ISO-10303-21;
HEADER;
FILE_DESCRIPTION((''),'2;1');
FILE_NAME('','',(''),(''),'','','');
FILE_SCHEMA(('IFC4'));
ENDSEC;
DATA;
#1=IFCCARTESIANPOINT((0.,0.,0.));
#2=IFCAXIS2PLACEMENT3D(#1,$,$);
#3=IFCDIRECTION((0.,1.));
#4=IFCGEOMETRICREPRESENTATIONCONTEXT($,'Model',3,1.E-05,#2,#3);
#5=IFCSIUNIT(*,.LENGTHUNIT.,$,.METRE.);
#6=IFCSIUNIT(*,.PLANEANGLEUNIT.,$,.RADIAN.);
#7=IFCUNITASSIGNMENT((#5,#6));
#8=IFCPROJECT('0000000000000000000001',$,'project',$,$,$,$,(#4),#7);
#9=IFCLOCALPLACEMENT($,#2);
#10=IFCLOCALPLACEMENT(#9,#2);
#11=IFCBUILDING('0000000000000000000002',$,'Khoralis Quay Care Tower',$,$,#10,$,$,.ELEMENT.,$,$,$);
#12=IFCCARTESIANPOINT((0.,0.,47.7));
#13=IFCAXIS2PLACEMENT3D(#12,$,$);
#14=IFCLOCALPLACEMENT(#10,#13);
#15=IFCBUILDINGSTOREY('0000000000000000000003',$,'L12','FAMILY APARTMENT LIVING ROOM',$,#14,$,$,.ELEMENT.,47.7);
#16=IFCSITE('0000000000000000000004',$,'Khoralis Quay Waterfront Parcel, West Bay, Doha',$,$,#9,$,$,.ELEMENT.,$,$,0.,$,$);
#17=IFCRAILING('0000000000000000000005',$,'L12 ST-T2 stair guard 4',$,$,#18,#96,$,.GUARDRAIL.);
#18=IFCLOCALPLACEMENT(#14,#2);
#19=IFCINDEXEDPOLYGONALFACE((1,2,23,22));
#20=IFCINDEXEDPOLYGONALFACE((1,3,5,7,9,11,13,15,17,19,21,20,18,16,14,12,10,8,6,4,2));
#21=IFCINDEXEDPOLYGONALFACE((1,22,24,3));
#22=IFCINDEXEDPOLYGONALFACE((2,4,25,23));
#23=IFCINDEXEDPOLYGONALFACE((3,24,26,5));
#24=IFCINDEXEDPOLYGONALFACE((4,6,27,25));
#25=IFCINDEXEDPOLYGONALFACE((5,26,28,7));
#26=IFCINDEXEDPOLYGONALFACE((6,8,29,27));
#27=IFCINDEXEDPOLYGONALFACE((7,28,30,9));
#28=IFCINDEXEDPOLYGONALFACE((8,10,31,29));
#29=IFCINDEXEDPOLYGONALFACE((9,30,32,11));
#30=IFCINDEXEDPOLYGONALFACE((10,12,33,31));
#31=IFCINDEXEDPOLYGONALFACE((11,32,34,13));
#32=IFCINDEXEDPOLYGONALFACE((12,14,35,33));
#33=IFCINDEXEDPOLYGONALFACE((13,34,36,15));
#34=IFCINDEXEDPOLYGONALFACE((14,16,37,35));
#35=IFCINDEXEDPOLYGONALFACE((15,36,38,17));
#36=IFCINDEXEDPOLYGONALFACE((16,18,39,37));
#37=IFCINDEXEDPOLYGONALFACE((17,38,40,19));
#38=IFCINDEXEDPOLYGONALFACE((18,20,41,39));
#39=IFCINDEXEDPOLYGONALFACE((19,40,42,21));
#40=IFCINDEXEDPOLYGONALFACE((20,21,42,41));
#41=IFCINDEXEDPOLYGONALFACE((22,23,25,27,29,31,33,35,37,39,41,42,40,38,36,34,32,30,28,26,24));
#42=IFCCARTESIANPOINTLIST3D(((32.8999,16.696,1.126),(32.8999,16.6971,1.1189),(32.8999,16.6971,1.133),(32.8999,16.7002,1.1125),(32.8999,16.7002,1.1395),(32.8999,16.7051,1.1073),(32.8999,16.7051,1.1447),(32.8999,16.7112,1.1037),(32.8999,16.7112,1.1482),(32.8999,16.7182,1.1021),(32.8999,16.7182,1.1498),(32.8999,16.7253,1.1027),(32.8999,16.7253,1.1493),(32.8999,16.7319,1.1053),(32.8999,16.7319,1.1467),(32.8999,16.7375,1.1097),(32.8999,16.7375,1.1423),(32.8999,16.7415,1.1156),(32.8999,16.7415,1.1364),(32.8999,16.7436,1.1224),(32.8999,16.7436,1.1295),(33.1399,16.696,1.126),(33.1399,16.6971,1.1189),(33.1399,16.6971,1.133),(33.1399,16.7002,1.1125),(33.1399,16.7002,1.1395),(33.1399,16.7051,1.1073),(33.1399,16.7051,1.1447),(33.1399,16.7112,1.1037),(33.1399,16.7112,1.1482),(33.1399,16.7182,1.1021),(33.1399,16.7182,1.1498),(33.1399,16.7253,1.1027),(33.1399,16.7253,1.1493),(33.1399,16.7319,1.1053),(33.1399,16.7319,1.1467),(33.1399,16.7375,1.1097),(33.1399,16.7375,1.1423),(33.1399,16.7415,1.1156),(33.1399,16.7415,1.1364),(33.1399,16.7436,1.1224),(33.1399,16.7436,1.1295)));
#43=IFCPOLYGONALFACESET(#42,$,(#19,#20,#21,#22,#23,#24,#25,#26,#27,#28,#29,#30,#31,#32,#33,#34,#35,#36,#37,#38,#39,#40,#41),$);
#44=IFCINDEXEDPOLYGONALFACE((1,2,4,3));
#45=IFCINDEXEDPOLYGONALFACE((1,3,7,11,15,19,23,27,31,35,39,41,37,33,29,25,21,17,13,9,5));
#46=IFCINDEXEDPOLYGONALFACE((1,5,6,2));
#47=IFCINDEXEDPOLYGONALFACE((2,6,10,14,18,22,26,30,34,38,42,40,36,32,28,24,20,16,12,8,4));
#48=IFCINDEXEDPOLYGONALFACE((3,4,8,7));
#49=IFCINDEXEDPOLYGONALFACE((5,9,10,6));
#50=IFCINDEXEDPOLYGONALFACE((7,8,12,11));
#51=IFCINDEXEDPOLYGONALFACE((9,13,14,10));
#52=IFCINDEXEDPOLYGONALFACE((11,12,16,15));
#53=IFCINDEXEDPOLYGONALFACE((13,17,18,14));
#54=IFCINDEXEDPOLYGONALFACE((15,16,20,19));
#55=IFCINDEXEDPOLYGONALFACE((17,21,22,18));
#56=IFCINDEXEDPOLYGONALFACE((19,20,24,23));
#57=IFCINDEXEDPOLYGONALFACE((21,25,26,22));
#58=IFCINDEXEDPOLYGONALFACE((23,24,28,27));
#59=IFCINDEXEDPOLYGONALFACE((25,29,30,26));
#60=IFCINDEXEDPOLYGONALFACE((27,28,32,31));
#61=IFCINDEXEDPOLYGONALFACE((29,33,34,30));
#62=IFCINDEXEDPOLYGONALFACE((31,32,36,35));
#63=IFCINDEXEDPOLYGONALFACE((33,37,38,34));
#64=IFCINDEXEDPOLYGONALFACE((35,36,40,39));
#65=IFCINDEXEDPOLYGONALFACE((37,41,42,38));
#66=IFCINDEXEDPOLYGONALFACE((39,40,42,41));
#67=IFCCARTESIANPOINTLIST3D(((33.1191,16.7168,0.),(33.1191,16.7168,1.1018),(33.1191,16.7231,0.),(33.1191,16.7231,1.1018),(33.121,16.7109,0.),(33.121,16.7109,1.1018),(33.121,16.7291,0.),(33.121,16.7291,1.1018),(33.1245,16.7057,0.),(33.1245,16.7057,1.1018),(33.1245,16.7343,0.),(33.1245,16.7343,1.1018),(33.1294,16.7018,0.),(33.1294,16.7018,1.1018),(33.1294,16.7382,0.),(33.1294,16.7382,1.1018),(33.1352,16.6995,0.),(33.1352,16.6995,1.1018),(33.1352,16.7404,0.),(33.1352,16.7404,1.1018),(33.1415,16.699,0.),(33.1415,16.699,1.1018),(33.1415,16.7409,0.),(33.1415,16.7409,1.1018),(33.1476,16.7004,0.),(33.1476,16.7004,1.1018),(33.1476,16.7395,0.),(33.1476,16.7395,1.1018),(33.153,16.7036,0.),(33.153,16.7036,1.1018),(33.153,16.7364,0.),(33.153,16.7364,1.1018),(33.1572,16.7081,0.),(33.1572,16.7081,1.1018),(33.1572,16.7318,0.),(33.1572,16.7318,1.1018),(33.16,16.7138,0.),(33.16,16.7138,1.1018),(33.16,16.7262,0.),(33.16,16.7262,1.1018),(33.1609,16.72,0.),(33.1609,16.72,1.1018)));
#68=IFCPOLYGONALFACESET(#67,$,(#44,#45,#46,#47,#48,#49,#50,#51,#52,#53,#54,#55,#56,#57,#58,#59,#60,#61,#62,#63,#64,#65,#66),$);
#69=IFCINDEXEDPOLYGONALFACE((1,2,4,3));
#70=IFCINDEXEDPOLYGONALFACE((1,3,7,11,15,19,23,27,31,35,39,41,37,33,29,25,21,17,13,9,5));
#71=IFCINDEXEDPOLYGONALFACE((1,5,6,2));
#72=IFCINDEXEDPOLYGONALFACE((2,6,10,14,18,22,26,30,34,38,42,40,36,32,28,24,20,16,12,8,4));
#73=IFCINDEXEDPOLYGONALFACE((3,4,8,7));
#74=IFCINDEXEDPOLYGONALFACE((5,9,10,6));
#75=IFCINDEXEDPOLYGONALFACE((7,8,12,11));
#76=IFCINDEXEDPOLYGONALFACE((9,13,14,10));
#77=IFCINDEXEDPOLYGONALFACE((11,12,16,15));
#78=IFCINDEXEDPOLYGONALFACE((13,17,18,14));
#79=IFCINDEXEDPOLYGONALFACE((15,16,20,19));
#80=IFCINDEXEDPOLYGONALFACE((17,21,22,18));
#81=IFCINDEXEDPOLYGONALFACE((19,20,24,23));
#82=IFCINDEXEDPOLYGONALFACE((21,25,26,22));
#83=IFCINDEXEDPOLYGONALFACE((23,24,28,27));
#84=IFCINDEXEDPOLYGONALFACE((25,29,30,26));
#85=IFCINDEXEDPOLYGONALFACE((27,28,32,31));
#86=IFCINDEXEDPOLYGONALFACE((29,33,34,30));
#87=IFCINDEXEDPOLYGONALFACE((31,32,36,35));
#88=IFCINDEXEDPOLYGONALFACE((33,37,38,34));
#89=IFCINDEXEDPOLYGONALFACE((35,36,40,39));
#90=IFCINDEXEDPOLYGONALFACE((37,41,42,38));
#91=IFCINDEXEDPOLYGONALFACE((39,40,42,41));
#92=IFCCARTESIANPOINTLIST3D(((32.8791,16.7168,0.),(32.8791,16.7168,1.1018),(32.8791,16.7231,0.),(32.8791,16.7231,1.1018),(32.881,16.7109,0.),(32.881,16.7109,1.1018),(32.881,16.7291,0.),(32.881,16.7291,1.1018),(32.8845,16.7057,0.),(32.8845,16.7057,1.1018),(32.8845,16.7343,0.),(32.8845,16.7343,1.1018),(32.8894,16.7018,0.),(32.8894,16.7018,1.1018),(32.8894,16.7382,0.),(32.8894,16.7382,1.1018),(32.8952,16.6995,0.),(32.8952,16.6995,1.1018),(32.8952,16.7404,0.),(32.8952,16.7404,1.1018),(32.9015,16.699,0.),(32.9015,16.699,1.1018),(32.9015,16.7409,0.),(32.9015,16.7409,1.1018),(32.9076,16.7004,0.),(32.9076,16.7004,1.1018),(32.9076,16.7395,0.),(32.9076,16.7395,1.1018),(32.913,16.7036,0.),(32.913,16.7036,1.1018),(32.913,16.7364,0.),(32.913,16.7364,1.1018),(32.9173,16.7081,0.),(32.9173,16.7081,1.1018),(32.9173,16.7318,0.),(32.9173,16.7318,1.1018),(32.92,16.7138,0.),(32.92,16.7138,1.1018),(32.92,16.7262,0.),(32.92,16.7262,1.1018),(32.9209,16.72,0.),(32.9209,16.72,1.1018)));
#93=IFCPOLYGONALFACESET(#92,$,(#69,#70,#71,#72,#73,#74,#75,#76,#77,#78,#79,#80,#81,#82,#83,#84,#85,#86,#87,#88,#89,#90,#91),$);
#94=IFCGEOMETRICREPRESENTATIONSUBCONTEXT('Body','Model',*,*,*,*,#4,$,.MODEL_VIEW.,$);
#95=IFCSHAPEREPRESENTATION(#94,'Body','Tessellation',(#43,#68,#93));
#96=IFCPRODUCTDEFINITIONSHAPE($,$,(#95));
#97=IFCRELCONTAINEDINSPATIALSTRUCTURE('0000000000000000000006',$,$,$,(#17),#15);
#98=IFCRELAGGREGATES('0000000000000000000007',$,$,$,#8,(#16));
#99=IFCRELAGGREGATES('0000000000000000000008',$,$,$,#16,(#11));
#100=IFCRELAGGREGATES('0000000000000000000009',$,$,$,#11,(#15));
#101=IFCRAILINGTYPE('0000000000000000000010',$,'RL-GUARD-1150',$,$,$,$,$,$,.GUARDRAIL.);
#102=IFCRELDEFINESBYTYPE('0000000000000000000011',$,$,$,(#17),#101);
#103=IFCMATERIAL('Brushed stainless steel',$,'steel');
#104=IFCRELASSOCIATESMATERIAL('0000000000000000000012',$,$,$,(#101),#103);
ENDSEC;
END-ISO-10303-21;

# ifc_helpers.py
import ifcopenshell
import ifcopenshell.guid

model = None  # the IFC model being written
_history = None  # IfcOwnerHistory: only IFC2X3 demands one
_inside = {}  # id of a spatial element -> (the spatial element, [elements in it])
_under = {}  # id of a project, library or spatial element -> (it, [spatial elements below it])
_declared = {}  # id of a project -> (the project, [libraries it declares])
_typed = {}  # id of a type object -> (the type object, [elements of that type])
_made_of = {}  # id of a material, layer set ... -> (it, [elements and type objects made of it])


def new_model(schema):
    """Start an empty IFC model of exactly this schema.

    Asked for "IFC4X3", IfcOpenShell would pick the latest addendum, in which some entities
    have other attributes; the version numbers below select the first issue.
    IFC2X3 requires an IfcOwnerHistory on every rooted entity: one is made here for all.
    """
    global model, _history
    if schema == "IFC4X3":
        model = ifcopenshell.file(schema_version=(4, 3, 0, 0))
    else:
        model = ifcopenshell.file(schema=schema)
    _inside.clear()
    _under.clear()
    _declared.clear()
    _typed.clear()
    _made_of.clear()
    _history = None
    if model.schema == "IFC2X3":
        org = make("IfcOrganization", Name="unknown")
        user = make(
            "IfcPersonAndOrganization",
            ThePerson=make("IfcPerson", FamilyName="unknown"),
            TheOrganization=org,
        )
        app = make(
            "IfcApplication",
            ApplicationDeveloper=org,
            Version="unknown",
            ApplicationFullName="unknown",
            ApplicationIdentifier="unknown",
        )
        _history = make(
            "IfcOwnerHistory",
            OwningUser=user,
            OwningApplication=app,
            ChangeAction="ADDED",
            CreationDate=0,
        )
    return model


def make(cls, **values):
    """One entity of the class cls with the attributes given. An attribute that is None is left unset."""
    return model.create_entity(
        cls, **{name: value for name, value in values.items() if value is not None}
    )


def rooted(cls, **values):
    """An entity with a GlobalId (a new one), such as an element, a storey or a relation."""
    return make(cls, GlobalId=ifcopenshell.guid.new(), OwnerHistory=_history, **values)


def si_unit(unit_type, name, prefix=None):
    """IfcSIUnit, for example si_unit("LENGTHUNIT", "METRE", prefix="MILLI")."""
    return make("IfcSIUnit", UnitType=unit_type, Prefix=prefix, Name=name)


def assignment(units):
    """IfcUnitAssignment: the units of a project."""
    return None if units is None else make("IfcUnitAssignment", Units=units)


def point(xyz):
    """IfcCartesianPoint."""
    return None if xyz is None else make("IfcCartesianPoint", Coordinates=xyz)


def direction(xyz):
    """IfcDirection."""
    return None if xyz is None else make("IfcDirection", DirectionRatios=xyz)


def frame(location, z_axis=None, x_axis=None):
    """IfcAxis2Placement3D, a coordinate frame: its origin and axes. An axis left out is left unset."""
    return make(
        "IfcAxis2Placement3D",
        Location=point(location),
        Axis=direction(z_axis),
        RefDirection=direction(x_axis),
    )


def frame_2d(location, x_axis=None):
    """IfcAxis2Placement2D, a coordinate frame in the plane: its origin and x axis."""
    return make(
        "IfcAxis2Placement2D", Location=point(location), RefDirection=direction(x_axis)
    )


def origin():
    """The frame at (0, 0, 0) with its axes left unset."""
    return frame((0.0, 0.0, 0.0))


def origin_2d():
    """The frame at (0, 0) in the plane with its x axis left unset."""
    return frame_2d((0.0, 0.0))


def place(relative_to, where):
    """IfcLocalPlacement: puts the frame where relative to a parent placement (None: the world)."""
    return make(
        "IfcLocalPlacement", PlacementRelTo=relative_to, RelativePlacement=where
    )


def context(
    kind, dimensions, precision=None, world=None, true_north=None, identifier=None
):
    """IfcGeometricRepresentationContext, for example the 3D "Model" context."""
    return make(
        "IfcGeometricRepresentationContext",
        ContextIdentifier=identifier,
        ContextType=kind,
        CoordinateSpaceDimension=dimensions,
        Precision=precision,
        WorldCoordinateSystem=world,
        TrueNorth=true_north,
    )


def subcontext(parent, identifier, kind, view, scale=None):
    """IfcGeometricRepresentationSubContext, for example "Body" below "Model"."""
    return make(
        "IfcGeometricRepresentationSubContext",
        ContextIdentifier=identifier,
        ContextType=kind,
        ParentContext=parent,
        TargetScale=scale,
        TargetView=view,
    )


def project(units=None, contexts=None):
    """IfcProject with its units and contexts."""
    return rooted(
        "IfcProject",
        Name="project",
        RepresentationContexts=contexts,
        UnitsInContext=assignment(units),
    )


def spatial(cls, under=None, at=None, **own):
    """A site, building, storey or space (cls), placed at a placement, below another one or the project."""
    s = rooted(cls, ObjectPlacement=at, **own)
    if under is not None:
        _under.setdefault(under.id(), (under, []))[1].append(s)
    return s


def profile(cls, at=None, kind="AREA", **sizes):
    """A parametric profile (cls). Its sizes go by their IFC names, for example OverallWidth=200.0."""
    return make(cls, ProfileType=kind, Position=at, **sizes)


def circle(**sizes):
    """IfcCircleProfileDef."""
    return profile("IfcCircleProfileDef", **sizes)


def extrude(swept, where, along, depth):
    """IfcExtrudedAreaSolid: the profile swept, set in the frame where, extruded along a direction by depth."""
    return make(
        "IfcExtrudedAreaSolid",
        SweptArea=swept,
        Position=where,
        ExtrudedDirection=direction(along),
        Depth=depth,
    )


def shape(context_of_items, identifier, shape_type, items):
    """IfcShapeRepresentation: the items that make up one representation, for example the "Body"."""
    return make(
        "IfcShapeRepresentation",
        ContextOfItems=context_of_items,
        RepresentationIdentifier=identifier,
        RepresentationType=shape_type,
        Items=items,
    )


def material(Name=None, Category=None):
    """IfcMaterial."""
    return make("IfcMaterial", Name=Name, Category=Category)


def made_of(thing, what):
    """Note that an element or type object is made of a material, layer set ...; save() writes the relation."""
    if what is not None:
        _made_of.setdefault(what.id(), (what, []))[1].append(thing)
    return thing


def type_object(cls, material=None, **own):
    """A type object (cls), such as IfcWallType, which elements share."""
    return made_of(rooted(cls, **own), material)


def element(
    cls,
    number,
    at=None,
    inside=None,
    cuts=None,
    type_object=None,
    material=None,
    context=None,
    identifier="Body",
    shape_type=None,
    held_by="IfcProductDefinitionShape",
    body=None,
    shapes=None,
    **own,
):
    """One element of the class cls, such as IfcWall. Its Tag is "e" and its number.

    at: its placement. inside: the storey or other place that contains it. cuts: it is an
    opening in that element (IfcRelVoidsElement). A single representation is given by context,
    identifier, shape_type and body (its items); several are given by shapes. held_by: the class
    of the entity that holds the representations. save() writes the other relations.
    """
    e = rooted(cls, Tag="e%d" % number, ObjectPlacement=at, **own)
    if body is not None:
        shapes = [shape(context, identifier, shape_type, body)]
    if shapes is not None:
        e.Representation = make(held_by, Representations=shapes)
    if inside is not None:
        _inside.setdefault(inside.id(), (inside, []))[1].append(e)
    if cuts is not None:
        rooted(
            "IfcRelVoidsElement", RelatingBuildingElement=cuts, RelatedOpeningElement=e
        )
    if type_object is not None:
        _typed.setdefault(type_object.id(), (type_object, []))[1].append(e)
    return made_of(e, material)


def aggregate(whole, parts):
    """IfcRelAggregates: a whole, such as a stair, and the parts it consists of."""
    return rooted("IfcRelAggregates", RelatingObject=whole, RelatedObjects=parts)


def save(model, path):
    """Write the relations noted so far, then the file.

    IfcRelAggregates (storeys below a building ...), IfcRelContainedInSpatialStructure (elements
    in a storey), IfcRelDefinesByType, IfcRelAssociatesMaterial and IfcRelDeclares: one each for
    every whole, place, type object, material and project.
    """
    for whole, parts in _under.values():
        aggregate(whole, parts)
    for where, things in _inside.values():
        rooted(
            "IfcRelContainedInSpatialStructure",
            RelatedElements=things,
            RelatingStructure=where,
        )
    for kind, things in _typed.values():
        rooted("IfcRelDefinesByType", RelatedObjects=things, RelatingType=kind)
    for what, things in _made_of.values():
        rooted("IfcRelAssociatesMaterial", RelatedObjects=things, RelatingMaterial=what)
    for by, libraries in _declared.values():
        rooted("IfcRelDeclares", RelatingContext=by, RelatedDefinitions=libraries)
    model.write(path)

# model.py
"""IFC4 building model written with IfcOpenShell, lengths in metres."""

from ifc_helpers import new_model, si_unit, direction, frame, origin, origin_2d, place, context, subcontext, project, spatial, circle, extrude, material, type_object, element, save


model = new_model("IFC4")

# Units and contexts
model_context = context("Model", 3, precision=1e-05, world=origin(), true_north=direction((0.0, 1.0)))
body_context = subcontext(model_context, "Body", "Model", "MODEL_VIEW")
ifc_project = project(units=[si_unit("LENGTHUNIT", "METRE"), si_unit("PLANEANGLEUNIT", "RADIAN")], contexts=[model_context])

# Site, building, storey
site_placement = place(None, origin())
site = spatial("IfcSite", under=ifc_project, at=site_placement, Name="Khoralis Quay Waterfront Parcel, West Bay, Doha", CompositionType="ELEMENT", RefElevation=0.0)
building_placement = place(site_placement, origin())
building = spatial("IfcBuilding", under=site, at=building_placement, Name="Khoralis Quay Care Tower", CompositionType="ELEMENT")
storey_placement = place(building_placement, frame((0.0, 0.0, 47.7)))
storey = spatial("IfcBuildingStorey", under=building, at=storey_placement, Name="L12", Description="FAMILY APARTMENT LIVING ROOM", CompositionType="ELEMENT", Elevation=47.7)

# Shared definitions
ifc_material_1 = material(Name="Brushed stainless steel", Category="steel")

# Railing
railing_type_1 = type_object("IfcRailingType", Name="RL-GUARD-1150", PredefinedType="GUARDRAIL", material=ifc_material_1)
railing_1_placement = place(storey_placement, frame((33.1399, 16.72, 0.0)))
element("IfcRailing", 1, at=railing_1_placement, inside=storey, type_object=railing_type_1, Name="L12 ST-T2 stair guard 4", PredefinedType="GUARDRAIL", context=body_context, shape_type="SweptSolid", body=[
    extrude(circle(Radius=0.0239, at=origin_2d()), frame((0.0, 0.0, 1.126), z_axis=(-1.0, 0.0, 0.0), x_axis=(0.0, -1.0, 0.0)), (0.0, 0.0, 1.0), 0.24),
    extrude(circle(Radius=0.021, at=origin_2d()), origin(), (0.0, 0.0, 1.0), 1.1018),
    extrude(circle(Radius=0.021, at=origin_2d()), frame((-0.24, 0.0, 0.0)), (0.0, 0.0, 1.0), 1.1018),
])

save(model, "model.ifc")
